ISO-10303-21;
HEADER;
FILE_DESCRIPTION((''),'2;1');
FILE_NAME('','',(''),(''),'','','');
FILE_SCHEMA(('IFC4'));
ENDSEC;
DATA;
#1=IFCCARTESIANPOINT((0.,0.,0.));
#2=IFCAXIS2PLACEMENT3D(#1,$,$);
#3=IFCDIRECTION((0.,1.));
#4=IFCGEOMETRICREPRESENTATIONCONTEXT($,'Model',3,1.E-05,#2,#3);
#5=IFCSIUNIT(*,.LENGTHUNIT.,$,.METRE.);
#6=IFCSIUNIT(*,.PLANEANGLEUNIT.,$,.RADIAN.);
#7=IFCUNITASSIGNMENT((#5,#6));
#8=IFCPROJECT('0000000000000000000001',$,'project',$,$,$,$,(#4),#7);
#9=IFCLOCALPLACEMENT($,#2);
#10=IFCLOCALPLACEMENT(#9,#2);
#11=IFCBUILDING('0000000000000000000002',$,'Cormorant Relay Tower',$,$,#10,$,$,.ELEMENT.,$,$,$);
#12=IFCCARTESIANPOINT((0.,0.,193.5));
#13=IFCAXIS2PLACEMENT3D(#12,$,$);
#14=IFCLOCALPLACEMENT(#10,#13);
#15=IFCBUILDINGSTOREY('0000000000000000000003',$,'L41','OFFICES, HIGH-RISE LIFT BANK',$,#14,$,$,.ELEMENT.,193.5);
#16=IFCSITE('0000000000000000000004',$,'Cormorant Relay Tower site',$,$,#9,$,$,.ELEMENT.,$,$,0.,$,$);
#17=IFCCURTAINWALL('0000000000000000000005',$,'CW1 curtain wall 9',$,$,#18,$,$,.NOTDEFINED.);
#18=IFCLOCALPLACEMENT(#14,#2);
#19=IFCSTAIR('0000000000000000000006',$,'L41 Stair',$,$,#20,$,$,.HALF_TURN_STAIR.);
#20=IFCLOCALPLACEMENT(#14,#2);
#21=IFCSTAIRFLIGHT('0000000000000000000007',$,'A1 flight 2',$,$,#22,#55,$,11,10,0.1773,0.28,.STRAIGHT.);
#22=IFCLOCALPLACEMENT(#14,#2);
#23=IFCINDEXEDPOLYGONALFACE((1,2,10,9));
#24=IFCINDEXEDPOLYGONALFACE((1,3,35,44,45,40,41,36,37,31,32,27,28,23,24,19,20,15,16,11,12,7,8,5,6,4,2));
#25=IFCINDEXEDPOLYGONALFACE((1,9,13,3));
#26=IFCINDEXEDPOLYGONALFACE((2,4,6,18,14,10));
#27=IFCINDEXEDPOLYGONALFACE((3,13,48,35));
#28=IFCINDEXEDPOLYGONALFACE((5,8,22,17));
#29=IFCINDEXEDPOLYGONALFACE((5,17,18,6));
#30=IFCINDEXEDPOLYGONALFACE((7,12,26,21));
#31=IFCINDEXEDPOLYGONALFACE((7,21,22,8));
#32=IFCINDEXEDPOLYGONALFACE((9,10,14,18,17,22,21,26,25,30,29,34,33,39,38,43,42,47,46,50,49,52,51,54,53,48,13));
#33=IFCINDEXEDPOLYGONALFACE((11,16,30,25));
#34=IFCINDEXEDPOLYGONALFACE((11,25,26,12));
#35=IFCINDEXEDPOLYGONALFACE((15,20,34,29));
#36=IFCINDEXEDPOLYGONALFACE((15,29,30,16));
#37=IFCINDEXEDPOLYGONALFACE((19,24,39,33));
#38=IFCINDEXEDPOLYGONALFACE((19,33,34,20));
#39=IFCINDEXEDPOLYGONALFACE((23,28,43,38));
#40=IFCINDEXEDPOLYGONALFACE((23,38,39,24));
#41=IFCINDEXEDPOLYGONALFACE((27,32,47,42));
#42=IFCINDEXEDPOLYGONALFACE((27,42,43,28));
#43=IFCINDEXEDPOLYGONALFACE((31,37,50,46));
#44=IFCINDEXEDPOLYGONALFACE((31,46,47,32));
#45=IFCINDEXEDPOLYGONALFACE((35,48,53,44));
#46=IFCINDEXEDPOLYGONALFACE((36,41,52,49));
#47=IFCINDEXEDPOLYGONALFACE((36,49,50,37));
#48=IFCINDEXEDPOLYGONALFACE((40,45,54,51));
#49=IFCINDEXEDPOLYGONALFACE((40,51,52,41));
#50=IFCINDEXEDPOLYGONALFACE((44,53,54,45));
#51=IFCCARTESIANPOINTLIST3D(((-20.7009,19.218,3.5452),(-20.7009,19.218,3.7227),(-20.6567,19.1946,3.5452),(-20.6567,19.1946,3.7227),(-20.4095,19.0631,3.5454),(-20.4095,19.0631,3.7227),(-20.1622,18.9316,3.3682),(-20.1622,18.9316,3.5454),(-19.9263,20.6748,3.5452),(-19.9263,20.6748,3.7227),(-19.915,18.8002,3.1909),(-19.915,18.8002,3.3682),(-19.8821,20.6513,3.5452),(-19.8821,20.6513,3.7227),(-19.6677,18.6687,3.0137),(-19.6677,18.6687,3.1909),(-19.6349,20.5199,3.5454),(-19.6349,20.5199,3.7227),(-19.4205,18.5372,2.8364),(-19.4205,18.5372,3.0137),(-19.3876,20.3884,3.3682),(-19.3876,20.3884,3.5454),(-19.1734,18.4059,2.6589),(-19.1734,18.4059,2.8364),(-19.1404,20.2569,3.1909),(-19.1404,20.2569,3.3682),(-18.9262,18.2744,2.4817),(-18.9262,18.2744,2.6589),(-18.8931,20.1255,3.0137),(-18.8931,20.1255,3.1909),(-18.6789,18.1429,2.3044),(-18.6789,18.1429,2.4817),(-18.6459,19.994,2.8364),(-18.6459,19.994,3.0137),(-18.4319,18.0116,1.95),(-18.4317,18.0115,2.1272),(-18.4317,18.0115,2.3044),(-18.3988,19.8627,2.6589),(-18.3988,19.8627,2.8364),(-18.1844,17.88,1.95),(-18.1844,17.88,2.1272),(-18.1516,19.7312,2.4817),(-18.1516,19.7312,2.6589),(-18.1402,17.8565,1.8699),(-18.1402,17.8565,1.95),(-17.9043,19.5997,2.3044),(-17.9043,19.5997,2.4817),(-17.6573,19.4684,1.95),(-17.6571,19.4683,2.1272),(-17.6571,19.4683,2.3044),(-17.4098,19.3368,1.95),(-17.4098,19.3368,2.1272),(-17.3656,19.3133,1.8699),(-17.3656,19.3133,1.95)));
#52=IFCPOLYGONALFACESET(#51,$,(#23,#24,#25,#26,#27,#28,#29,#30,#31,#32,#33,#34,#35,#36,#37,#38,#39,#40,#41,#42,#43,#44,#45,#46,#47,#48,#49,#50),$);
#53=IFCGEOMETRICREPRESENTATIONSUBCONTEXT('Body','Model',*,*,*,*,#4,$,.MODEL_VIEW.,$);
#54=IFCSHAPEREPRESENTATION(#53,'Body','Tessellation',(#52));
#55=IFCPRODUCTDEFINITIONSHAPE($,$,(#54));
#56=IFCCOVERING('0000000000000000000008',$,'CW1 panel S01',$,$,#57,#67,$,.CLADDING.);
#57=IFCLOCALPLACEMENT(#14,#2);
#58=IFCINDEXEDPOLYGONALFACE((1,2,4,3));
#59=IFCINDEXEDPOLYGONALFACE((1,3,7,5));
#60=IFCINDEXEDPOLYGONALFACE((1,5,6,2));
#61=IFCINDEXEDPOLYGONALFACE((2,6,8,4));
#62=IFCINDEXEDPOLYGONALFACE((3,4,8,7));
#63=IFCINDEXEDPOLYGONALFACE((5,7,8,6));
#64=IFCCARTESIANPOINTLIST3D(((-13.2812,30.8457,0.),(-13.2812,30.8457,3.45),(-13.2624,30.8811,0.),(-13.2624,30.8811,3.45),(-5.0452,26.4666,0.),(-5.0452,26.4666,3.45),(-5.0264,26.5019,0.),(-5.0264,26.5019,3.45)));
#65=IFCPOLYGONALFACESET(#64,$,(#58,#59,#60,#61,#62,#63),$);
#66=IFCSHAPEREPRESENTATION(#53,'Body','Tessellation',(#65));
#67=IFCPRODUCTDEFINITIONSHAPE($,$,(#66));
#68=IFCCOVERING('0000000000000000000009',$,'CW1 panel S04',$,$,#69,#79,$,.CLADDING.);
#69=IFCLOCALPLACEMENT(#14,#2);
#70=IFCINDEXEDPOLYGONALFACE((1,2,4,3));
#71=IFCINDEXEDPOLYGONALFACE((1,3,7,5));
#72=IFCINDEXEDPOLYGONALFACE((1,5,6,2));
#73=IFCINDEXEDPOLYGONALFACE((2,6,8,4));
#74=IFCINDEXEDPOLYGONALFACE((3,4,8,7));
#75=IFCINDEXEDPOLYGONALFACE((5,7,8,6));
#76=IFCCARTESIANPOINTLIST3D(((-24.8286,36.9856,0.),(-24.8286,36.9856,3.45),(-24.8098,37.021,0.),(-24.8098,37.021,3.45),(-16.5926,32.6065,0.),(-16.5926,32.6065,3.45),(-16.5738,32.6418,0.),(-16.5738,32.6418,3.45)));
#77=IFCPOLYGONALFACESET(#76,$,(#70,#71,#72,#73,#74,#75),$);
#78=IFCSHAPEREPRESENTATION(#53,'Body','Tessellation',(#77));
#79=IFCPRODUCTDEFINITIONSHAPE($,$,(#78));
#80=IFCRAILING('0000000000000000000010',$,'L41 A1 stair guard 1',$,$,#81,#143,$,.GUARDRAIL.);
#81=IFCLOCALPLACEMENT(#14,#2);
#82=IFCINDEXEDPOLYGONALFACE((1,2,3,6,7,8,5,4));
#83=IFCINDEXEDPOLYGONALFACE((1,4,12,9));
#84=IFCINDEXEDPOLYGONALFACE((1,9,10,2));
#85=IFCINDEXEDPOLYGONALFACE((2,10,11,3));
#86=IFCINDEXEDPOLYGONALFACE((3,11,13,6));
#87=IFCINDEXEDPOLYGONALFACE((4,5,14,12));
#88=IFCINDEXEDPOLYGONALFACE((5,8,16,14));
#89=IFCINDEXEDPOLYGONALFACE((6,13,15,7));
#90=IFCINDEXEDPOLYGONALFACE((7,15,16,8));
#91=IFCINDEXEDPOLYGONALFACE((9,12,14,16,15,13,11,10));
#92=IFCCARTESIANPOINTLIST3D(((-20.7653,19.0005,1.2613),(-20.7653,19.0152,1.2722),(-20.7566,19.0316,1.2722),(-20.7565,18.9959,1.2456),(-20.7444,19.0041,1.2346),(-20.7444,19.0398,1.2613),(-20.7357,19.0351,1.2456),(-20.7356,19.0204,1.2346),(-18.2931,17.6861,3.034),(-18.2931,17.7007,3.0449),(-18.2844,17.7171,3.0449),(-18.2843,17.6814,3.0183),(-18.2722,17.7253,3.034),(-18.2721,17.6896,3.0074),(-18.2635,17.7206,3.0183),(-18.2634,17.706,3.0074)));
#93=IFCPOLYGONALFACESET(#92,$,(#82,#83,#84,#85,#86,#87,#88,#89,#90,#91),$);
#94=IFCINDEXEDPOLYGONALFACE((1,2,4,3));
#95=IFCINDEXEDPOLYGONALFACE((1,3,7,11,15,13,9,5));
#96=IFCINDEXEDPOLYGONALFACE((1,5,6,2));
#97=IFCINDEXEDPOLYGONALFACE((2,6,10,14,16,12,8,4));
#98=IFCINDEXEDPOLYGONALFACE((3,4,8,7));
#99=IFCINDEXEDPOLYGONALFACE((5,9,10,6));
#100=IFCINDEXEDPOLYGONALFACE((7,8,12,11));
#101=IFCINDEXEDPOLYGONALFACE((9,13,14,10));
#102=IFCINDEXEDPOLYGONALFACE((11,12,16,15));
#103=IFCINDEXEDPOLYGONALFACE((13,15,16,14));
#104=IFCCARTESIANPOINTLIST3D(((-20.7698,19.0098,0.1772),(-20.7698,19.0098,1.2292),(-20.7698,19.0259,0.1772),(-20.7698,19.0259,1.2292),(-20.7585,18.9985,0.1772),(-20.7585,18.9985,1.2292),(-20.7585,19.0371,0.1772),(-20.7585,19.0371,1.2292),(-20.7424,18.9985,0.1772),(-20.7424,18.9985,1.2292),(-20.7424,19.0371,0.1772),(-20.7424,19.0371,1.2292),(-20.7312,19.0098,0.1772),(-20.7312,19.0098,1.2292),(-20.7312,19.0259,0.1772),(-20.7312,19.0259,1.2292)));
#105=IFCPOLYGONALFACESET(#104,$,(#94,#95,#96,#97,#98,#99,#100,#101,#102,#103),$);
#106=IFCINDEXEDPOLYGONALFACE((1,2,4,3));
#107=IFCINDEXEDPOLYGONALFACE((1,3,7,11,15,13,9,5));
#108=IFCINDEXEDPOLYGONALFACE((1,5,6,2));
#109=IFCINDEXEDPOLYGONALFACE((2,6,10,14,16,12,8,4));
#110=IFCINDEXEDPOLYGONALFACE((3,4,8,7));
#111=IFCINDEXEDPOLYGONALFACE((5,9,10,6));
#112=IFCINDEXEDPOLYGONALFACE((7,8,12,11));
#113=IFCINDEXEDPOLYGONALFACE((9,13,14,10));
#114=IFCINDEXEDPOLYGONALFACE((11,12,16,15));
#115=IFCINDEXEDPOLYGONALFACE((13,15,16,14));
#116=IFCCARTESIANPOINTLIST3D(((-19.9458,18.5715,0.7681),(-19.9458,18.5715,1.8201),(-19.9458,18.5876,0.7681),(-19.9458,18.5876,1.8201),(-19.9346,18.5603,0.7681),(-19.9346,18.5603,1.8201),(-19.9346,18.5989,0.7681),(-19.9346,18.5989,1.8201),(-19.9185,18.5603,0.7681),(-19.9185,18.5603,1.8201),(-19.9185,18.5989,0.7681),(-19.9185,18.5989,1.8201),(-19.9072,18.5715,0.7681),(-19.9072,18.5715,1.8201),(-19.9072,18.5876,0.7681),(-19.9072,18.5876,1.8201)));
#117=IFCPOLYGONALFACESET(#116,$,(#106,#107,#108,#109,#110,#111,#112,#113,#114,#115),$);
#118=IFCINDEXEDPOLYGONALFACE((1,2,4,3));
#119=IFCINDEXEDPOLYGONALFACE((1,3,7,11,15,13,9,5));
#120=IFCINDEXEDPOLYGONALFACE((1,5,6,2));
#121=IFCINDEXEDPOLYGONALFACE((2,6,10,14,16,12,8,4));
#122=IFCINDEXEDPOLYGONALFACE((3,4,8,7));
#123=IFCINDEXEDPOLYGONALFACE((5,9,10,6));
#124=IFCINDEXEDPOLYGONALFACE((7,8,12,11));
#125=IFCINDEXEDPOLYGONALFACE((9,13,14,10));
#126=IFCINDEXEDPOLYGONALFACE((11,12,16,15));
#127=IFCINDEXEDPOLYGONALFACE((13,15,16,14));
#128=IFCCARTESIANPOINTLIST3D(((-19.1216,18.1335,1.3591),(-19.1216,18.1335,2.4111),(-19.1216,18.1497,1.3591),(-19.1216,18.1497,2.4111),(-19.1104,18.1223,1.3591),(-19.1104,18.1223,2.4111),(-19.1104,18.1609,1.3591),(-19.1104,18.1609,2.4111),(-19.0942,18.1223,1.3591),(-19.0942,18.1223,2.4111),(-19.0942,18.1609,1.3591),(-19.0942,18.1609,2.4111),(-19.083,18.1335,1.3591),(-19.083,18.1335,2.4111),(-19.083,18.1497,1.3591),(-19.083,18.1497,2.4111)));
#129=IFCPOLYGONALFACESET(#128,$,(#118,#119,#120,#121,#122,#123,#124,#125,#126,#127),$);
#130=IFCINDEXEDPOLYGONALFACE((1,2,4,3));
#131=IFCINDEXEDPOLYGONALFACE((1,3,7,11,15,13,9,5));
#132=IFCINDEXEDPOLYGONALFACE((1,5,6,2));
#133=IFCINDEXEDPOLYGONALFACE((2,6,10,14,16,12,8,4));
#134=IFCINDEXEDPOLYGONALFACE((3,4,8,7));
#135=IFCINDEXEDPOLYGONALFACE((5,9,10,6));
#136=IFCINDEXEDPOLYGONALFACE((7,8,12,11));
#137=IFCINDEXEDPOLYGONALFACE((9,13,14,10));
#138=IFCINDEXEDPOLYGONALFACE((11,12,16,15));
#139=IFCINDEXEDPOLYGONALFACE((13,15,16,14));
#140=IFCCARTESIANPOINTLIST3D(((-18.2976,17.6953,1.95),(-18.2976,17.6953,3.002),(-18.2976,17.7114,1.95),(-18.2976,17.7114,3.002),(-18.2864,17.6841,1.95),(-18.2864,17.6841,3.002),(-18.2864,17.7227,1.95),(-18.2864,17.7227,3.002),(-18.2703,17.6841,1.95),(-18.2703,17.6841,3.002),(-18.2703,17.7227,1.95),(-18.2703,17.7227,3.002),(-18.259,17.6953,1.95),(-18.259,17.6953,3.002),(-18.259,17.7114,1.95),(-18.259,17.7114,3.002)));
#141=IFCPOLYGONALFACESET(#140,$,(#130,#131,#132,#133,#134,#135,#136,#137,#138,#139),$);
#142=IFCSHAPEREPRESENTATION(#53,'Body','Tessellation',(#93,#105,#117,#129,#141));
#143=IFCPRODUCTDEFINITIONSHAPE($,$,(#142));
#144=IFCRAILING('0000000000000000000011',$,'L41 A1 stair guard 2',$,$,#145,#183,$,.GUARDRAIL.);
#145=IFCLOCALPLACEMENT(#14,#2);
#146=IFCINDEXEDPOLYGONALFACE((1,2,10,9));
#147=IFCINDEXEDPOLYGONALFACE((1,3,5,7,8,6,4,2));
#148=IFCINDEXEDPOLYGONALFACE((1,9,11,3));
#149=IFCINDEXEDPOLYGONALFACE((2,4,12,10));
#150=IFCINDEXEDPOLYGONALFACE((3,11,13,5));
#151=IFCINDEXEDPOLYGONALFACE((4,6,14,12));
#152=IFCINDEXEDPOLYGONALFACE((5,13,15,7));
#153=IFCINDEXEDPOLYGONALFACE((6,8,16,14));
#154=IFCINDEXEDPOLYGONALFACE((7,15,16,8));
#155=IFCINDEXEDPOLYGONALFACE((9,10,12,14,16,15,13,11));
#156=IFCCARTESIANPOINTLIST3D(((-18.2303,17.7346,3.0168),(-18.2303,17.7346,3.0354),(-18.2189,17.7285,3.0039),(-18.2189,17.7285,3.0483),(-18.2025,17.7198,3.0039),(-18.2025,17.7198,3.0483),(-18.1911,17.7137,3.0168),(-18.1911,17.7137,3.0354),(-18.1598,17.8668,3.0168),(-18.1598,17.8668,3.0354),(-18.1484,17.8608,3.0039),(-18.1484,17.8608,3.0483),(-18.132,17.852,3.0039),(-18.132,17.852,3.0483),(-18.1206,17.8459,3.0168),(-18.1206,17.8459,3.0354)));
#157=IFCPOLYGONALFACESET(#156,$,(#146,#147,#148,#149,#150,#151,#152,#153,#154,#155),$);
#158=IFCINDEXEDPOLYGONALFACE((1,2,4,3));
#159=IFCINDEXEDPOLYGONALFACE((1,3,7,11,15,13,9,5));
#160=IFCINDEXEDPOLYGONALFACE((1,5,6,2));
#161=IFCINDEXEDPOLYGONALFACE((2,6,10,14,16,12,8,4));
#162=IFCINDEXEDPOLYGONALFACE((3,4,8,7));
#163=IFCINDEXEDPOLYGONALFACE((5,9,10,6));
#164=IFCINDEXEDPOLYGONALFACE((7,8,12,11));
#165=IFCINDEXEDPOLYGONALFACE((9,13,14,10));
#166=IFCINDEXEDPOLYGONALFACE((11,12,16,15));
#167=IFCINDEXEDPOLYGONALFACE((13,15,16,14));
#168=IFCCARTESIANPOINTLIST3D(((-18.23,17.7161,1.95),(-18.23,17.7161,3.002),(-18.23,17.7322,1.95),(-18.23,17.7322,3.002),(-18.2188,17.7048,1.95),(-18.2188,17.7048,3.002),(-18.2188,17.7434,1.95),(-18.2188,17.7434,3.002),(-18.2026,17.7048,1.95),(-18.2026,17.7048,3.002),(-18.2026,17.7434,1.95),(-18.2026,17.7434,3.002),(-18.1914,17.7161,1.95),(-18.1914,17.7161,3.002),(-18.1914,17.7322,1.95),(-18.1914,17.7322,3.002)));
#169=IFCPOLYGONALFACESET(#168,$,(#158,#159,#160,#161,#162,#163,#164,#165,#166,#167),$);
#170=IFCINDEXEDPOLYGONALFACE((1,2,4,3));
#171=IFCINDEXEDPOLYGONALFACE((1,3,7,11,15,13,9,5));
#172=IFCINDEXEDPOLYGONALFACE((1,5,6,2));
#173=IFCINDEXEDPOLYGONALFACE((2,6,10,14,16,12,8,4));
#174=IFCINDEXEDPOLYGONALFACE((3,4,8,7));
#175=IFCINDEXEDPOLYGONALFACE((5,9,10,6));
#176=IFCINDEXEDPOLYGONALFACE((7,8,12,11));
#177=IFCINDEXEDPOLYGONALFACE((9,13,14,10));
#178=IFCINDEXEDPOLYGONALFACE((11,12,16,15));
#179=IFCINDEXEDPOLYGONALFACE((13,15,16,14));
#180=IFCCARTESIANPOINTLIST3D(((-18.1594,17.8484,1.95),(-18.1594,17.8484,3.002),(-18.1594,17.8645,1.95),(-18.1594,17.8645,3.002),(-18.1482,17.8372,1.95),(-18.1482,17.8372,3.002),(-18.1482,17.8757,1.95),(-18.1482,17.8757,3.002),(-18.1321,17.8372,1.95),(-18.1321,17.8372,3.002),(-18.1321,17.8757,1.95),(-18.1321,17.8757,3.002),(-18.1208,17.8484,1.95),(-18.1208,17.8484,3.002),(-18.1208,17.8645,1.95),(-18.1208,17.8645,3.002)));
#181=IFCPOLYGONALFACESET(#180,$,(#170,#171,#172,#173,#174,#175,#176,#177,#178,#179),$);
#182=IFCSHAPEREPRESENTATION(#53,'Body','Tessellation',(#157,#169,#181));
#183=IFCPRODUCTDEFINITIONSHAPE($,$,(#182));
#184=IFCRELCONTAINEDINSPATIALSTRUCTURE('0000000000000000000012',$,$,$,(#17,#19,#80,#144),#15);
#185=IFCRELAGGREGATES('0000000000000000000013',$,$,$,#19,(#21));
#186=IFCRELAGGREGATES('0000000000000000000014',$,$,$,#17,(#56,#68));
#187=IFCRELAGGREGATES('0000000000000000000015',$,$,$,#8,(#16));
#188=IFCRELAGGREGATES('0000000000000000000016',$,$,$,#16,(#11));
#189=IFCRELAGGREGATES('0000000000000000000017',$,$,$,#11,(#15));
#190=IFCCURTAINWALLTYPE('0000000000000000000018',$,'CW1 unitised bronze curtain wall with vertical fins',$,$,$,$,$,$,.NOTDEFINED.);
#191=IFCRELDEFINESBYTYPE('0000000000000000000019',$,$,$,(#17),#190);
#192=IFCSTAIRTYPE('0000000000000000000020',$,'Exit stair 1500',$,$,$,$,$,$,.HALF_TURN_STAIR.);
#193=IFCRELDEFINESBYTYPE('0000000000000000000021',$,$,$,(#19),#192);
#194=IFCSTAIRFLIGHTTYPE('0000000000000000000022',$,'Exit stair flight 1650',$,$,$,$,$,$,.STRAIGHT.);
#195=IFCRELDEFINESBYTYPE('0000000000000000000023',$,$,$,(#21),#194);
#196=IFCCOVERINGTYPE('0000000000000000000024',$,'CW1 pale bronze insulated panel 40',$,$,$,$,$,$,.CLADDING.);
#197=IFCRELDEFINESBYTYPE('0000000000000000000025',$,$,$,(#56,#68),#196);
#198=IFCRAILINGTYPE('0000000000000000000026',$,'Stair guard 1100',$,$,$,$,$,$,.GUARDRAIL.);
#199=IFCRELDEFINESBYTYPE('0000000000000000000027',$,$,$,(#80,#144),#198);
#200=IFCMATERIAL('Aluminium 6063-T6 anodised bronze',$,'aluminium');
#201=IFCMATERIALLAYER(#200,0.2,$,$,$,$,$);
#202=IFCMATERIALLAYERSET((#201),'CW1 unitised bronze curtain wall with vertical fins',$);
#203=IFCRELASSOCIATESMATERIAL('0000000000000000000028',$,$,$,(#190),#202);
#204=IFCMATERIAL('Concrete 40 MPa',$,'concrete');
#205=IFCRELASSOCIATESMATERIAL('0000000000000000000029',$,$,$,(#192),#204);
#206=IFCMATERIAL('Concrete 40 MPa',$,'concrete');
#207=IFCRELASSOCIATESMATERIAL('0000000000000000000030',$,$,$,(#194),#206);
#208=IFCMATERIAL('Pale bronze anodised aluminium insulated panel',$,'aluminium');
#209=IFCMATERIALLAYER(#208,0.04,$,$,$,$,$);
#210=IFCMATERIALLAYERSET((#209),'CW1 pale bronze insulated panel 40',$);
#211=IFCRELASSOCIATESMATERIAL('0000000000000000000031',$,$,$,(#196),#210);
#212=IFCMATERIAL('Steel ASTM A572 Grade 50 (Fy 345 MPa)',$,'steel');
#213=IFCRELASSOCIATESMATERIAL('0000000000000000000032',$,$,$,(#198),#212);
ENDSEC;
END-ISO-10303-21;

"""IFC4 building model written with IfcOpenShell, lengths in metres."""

from ifc_helpers import new_model, si_unit, direction, frame, origin, origin_2d, place, context, subcontext, project, spatial, polyline, rectangle, outline, extrude, material, layer, layer_set, type_object, element, aggregate, save


model = new_model("IFC4")

# Units and contexts
model_context = context("Model", 3, precision=1e-05, world=origin(), true_north=direction((0.0, 1.0)))
body_context = subcontext(model_context, "Body", "Model", "MODEL_VIEW")
ifc_project = project(units=[si_unit("LENGTHUNIT", "METRE"), si_unit("PLANEANGLEUNIT", "RADIAN")], contexts=[model_context])

# Site, building, storey
site_placement = place(None, origin())
site = spatial("IfcSite", under=ifc_project, at=site_placement, Name="Cormorant Relay Tower site", CompositionType="ELEMENT", RefElevation=0.0)
building_placement = place(site_placement, origin())
building = spatial("IfcBuilding", under=site, at=building_placement, Name="Cormorant Relay Tower", CompositionType="ELEMENT")
storey_placement = place(building_placement, frame((0.0, 0.0, 193.5)))
storey = spatial("IfcBuildingStorey", under=building, at=storey_placement, Name="L41", Description="OFFICES, HIGH-RISE LIFT BANK", CompositionType="ELEMENT", Elevation=193.5)

# Curtain wall
ifc_material_1 = material(Name="Aluminium 6063-T6 anodised bronze", Category="aluminium")
ifc_layer_1 = layer(ifc_material_1, 0.2)
ifc_layer_set_1 = layer_set([ifc_layer_1], Name="CW1 unitised bronze curtain wall with vertical fins")
curtain_wall_type = type_object("IfcCurtainWallType", Name="CW1 unitised bronze curtain wall with vertical fins", PredefinedType="NOTDEFINED", material=ifc_layer_set_1)
curtain_wall_placement = place(storey_placement, origin())
curtain_wall = element("IfcCurtainWall", 1, at=curtain_wall_placement, inside=storey, type_object=curtain_wall_type, Name="CW1 curtain wall 9", PredefinedType="NOTDEFINED")

# Stair, stair flight
ifc_material_2 = material(Name="Concrete 40 MPa", Category="concrete")
stair_type = type_object("IfcStairType", Name="Exit stair 1500", PredefinedType="HALF_TURN_STAIR", material=ifc_material_2)
stair_placement = place(storey_placement, origin())
stair = element("IfcStair", 2, at=stair_placement, inside=storey, type_object=stair_type, Name="L41 Stair", PredefinedType="HALF_TURN_STAIR")
ifc_material_3 = material(Name="Concrete 40 MPa", Category="concrete")
stair_flight_type = type_object("IfcStairFlightType", Name="Exit stair flight 1650", PredefinedType="STRAIGHT", material=ifc_material_3)
stair_flight_1_placement = place(storey_placement, frame((-17.7971, 18.6084, 1.95), z_axis=(0.0, 0.0, 1.0), x_axis=(-0.882948, 0.469472, 0.0)))
stair_flight_1 = element("IfcStairFlight", 3, at=stair_flight_1_placement, type_object=stair_flight_type, Name="A1 flight 2", NumberOfRisers=11, NumberOfTreads=10, PredefinedType="STRAIGHT", RiserHeight=0.1773, TreadLength=0.28, context=body_context, shape_type="SweptSolid", body=[
    extrude(outline(polyline([(-0.05, -0.0801), (-0.05, 0.0), (0.0, 0.0), (0.0, 0.1772), (0.28, 0.1772), (0.28, 0.3545), (0.5601, 0.3545), (0.5601, 0.5317), (0.8401, 0.5317), (0.8401, 0.709), (1.1201, 0.709), (1.1201, 0.8865), (1.3999, 0.8865), (1.3999, 1.0637), (1.6799, 1.0637), (1.6799, 1.241), (1.96, 1.241), (1.96, 1.4182), (2.24, 1.4182), (2.24, 1.5955), (2.52, 1.5955), (2.52, 1.7727), (2.8, 1.7727), (2.8501, 1.7727), (2.8501, 1.5952), (2.8, 1.5952), (0.2803, 0.0), (-0.05, -0.0801)])), frame((0.0, 0.825, 0.0), z_axis=(0.0, -1.0, 0.0), x_axis=(1.0, 0.0, 0.0)), (0.0, 0.0, 1.0), 1.6499),
])
aggregate(stair, [stair_flight_1])

# Coverings
ifc_material_4 = material(Name="Pale bronze anodised aluminium insulated panel", Category="aluminium")
ifc_layer_2 = layer(ifc_material_4, 0.04)
ifc_layer_set_2 = layer_set([ifc_layer_2], Name="CW1 pale bronze insulated panel 40")
covering_type = type_object("IfcCoveringType", Name="CW1 pale bronze insulated panel 40", PredefinedType="CLADDING", material=ifc_layer_set_2)
covering_1_placement = place(storey_placement, frame((-9.1538, 28.6738, 0.0), z_axis=(0.0, 0.0, 1.0), x_axis=(-0.882948, 0.469472, 0.0)))
covering_1 = element("IfcCovering", 4, at=covering_1_placement, type_object=covering_type, Name="CW1 panel S01", PredefinedType="CLADDING", context=body_context, shape_type="SweptSolid", body=[
    extrude(rectangle(XDim=9.3279, YDim=0.04, at=origin_2d()), origin(), (0.0, 0.0, 1.0), 3.45),
])
covering_2_placement = place(storey_placement, frame((-20.7012, 34.8137, 0.0), z_axis=(0.0, 0.0, 1.0), x_axis=(-0.882948, 0.469472, 0.0)))
covering_2 = element("IfcCovering", 5, at=covering_2_placement, type_object=covering_type, Name="CW1 panel S04", PredefinedType="CLADDING", context=body_context, shape_type="SweptSolid", body=[
    extrude(rectangle(XDim=9.3279, YDim=0.04, at=origin_2d()), origin(), (0.0, 0.0, 1.0), 3.45),
])
aggregate(curtain_wall, [covering_1, covering_2])

# Railings
ifc_material_5 = material(Name="Steel ASTM A572 Grade 50 (Fy 345 MPa)", Category="steel")
railing_type_1 = type_object("IfcRailingType", Name="Stair guard 1100", PredefinedType="GUARDRAIL", material=ifc_material_5)
railing_1_placement = place(storey_placement, frame((-20.7505, 19.0178, 0.1772)))
element("IfcRailing", 6, at=railing_1_placement, inside=storey, type_object=railing_type_1, Name="L41 A1 stair guard 1", PredefinedType="GUARDRAIL", context=body_context, shape_type="SweptSolid", body=[
    extrude(outline(polyline([(0.0222, 0.0093), (0.0093, 0.0222), (-0.0093, 0.0222), (-0.0222, 0.0093), (-0.0222, -0.0093), (-0.0093, -0.0222), (0.0093, -0.0222), (0.0222, -0.0093), (0.0222, 0.0093)])), frame((0.0, 0.0, 1.0762), z_axis=(0.746001, -0.396649, 0.534931), x_axis=(0.469465, 0.882951, 0.0)), (0.0, 0.0, 1.0), 3.314),
    extrude(outline(polyline([(0.0193, 0.0081), (0.0081, 0.0193), (-0.0081, 0.0193), (-0.0193, 0.0081), (-0.0193, -0.0081), (-0.0081, -0.0193), (0.0081, -0.0193), (0.0193, -0.0081), (0.0193, 0.0081)])), origin(), (0.0, 0.0, 1.0), 1.052),
    extrude(outline(polyline([(0.0193, 0.0081), (0.0081, 0.0193), (-0.0081, 0.0193), (-0.0193, 0.0081), (-0.0193, -0.0081), (-0.0081, -0.0193), (0.0081, -0.0193), (0.0193, -0.0081), (0.0193, 0.0081)])), frame((0.824, -0.4382, 0.5908)), (0.0, 0.0, 1.0), 1.052),
    extrude(outline(polyline([(0.0193, 0.0081), (0.0081, 0.0193), (-0.0081, 0.0193), (-0.0193, 0.0081), (-0.0193, -0.0081), (-0.0081, -0.0193), (0.0081, -0.0193), (0.0193, -0.0081), (0.0193, 0.0081)])), frame((1.6482, -0.8762, 1.1819)), (0.0, 0.0, 1.0), 1.052),
    extrude(outline(polyline([(0.0193, 0.0081), (0.0081, 0.0193), (-0.0081, 0.0193), (-0.0193, 0.0081), (-0.0193, -0.0081), (-0.0081, -0.0193), (0.0081, -0.0193), (0.0193, -0.0081), (0.0193, 0.0081)])), frame((2.4722, -1.3145, 1.7727)), (0.0, 0.0, 1.0), 1.052),
])
railing_2_placement = place(storey_placement, frame((-18.2107, 17.7241, 1.95)))
element("IfcRailing", 7, at=railing_2_placement, inside=storey, type_object=railing_type_1, Name="L41 A1 stair guard 2", PredefinedType="GUARDRAIL", context=body_context, shape_type="SweptSolid", body=[
    extrude(outline(polyline([(0.0222, 0.0093), (0.0093, 0.0222), (-0.0093, 0.0222), (-0.0222, 0.0093), (-0.0222, -0.0093), (-0.0093, -0.0222), (0.0093, -0.0222), (0.0222, -0.0093), (0.0222, 0.0093)])), frame((0.0, 0.0, 1.0762), z_axis=(0.470504, 0.882398, 0.0), x_axis=(-0.882398, 0.470504, 0.0)), (0.0, 0.0, 1.0), 0.1499),
    extrude(outline(polyline([(0.0193, 0.0081), (0.0081, 0.0193), (-0.0081, 0.0193), (-0.0193, 0.0081), (-0.0193, -0.0081), (-0.0081, -0.0193), (0.0081, -0.0193), (0.0193, -0.0081), (0.0193, 0.0081)])), origin(), (0.0, 0.0, 1.0), 1.052),
    extrude(outline(polyline([(0.0193, 0.0081), (0.0081, 0.0193), (-0.0081, 0.0193), (-0.0193, 0.0081), (-0.0193, -0.0081), (-0.0081, -0.0193), (0.0081, -0.0193), (0.0193, -0.0081), (0.0193, 0.0081)])), frame((0.0706, 0.1323, 0.0)), (0.0, 0.0, 1.0), 1.052),
])

save(model, "model.ifc")
